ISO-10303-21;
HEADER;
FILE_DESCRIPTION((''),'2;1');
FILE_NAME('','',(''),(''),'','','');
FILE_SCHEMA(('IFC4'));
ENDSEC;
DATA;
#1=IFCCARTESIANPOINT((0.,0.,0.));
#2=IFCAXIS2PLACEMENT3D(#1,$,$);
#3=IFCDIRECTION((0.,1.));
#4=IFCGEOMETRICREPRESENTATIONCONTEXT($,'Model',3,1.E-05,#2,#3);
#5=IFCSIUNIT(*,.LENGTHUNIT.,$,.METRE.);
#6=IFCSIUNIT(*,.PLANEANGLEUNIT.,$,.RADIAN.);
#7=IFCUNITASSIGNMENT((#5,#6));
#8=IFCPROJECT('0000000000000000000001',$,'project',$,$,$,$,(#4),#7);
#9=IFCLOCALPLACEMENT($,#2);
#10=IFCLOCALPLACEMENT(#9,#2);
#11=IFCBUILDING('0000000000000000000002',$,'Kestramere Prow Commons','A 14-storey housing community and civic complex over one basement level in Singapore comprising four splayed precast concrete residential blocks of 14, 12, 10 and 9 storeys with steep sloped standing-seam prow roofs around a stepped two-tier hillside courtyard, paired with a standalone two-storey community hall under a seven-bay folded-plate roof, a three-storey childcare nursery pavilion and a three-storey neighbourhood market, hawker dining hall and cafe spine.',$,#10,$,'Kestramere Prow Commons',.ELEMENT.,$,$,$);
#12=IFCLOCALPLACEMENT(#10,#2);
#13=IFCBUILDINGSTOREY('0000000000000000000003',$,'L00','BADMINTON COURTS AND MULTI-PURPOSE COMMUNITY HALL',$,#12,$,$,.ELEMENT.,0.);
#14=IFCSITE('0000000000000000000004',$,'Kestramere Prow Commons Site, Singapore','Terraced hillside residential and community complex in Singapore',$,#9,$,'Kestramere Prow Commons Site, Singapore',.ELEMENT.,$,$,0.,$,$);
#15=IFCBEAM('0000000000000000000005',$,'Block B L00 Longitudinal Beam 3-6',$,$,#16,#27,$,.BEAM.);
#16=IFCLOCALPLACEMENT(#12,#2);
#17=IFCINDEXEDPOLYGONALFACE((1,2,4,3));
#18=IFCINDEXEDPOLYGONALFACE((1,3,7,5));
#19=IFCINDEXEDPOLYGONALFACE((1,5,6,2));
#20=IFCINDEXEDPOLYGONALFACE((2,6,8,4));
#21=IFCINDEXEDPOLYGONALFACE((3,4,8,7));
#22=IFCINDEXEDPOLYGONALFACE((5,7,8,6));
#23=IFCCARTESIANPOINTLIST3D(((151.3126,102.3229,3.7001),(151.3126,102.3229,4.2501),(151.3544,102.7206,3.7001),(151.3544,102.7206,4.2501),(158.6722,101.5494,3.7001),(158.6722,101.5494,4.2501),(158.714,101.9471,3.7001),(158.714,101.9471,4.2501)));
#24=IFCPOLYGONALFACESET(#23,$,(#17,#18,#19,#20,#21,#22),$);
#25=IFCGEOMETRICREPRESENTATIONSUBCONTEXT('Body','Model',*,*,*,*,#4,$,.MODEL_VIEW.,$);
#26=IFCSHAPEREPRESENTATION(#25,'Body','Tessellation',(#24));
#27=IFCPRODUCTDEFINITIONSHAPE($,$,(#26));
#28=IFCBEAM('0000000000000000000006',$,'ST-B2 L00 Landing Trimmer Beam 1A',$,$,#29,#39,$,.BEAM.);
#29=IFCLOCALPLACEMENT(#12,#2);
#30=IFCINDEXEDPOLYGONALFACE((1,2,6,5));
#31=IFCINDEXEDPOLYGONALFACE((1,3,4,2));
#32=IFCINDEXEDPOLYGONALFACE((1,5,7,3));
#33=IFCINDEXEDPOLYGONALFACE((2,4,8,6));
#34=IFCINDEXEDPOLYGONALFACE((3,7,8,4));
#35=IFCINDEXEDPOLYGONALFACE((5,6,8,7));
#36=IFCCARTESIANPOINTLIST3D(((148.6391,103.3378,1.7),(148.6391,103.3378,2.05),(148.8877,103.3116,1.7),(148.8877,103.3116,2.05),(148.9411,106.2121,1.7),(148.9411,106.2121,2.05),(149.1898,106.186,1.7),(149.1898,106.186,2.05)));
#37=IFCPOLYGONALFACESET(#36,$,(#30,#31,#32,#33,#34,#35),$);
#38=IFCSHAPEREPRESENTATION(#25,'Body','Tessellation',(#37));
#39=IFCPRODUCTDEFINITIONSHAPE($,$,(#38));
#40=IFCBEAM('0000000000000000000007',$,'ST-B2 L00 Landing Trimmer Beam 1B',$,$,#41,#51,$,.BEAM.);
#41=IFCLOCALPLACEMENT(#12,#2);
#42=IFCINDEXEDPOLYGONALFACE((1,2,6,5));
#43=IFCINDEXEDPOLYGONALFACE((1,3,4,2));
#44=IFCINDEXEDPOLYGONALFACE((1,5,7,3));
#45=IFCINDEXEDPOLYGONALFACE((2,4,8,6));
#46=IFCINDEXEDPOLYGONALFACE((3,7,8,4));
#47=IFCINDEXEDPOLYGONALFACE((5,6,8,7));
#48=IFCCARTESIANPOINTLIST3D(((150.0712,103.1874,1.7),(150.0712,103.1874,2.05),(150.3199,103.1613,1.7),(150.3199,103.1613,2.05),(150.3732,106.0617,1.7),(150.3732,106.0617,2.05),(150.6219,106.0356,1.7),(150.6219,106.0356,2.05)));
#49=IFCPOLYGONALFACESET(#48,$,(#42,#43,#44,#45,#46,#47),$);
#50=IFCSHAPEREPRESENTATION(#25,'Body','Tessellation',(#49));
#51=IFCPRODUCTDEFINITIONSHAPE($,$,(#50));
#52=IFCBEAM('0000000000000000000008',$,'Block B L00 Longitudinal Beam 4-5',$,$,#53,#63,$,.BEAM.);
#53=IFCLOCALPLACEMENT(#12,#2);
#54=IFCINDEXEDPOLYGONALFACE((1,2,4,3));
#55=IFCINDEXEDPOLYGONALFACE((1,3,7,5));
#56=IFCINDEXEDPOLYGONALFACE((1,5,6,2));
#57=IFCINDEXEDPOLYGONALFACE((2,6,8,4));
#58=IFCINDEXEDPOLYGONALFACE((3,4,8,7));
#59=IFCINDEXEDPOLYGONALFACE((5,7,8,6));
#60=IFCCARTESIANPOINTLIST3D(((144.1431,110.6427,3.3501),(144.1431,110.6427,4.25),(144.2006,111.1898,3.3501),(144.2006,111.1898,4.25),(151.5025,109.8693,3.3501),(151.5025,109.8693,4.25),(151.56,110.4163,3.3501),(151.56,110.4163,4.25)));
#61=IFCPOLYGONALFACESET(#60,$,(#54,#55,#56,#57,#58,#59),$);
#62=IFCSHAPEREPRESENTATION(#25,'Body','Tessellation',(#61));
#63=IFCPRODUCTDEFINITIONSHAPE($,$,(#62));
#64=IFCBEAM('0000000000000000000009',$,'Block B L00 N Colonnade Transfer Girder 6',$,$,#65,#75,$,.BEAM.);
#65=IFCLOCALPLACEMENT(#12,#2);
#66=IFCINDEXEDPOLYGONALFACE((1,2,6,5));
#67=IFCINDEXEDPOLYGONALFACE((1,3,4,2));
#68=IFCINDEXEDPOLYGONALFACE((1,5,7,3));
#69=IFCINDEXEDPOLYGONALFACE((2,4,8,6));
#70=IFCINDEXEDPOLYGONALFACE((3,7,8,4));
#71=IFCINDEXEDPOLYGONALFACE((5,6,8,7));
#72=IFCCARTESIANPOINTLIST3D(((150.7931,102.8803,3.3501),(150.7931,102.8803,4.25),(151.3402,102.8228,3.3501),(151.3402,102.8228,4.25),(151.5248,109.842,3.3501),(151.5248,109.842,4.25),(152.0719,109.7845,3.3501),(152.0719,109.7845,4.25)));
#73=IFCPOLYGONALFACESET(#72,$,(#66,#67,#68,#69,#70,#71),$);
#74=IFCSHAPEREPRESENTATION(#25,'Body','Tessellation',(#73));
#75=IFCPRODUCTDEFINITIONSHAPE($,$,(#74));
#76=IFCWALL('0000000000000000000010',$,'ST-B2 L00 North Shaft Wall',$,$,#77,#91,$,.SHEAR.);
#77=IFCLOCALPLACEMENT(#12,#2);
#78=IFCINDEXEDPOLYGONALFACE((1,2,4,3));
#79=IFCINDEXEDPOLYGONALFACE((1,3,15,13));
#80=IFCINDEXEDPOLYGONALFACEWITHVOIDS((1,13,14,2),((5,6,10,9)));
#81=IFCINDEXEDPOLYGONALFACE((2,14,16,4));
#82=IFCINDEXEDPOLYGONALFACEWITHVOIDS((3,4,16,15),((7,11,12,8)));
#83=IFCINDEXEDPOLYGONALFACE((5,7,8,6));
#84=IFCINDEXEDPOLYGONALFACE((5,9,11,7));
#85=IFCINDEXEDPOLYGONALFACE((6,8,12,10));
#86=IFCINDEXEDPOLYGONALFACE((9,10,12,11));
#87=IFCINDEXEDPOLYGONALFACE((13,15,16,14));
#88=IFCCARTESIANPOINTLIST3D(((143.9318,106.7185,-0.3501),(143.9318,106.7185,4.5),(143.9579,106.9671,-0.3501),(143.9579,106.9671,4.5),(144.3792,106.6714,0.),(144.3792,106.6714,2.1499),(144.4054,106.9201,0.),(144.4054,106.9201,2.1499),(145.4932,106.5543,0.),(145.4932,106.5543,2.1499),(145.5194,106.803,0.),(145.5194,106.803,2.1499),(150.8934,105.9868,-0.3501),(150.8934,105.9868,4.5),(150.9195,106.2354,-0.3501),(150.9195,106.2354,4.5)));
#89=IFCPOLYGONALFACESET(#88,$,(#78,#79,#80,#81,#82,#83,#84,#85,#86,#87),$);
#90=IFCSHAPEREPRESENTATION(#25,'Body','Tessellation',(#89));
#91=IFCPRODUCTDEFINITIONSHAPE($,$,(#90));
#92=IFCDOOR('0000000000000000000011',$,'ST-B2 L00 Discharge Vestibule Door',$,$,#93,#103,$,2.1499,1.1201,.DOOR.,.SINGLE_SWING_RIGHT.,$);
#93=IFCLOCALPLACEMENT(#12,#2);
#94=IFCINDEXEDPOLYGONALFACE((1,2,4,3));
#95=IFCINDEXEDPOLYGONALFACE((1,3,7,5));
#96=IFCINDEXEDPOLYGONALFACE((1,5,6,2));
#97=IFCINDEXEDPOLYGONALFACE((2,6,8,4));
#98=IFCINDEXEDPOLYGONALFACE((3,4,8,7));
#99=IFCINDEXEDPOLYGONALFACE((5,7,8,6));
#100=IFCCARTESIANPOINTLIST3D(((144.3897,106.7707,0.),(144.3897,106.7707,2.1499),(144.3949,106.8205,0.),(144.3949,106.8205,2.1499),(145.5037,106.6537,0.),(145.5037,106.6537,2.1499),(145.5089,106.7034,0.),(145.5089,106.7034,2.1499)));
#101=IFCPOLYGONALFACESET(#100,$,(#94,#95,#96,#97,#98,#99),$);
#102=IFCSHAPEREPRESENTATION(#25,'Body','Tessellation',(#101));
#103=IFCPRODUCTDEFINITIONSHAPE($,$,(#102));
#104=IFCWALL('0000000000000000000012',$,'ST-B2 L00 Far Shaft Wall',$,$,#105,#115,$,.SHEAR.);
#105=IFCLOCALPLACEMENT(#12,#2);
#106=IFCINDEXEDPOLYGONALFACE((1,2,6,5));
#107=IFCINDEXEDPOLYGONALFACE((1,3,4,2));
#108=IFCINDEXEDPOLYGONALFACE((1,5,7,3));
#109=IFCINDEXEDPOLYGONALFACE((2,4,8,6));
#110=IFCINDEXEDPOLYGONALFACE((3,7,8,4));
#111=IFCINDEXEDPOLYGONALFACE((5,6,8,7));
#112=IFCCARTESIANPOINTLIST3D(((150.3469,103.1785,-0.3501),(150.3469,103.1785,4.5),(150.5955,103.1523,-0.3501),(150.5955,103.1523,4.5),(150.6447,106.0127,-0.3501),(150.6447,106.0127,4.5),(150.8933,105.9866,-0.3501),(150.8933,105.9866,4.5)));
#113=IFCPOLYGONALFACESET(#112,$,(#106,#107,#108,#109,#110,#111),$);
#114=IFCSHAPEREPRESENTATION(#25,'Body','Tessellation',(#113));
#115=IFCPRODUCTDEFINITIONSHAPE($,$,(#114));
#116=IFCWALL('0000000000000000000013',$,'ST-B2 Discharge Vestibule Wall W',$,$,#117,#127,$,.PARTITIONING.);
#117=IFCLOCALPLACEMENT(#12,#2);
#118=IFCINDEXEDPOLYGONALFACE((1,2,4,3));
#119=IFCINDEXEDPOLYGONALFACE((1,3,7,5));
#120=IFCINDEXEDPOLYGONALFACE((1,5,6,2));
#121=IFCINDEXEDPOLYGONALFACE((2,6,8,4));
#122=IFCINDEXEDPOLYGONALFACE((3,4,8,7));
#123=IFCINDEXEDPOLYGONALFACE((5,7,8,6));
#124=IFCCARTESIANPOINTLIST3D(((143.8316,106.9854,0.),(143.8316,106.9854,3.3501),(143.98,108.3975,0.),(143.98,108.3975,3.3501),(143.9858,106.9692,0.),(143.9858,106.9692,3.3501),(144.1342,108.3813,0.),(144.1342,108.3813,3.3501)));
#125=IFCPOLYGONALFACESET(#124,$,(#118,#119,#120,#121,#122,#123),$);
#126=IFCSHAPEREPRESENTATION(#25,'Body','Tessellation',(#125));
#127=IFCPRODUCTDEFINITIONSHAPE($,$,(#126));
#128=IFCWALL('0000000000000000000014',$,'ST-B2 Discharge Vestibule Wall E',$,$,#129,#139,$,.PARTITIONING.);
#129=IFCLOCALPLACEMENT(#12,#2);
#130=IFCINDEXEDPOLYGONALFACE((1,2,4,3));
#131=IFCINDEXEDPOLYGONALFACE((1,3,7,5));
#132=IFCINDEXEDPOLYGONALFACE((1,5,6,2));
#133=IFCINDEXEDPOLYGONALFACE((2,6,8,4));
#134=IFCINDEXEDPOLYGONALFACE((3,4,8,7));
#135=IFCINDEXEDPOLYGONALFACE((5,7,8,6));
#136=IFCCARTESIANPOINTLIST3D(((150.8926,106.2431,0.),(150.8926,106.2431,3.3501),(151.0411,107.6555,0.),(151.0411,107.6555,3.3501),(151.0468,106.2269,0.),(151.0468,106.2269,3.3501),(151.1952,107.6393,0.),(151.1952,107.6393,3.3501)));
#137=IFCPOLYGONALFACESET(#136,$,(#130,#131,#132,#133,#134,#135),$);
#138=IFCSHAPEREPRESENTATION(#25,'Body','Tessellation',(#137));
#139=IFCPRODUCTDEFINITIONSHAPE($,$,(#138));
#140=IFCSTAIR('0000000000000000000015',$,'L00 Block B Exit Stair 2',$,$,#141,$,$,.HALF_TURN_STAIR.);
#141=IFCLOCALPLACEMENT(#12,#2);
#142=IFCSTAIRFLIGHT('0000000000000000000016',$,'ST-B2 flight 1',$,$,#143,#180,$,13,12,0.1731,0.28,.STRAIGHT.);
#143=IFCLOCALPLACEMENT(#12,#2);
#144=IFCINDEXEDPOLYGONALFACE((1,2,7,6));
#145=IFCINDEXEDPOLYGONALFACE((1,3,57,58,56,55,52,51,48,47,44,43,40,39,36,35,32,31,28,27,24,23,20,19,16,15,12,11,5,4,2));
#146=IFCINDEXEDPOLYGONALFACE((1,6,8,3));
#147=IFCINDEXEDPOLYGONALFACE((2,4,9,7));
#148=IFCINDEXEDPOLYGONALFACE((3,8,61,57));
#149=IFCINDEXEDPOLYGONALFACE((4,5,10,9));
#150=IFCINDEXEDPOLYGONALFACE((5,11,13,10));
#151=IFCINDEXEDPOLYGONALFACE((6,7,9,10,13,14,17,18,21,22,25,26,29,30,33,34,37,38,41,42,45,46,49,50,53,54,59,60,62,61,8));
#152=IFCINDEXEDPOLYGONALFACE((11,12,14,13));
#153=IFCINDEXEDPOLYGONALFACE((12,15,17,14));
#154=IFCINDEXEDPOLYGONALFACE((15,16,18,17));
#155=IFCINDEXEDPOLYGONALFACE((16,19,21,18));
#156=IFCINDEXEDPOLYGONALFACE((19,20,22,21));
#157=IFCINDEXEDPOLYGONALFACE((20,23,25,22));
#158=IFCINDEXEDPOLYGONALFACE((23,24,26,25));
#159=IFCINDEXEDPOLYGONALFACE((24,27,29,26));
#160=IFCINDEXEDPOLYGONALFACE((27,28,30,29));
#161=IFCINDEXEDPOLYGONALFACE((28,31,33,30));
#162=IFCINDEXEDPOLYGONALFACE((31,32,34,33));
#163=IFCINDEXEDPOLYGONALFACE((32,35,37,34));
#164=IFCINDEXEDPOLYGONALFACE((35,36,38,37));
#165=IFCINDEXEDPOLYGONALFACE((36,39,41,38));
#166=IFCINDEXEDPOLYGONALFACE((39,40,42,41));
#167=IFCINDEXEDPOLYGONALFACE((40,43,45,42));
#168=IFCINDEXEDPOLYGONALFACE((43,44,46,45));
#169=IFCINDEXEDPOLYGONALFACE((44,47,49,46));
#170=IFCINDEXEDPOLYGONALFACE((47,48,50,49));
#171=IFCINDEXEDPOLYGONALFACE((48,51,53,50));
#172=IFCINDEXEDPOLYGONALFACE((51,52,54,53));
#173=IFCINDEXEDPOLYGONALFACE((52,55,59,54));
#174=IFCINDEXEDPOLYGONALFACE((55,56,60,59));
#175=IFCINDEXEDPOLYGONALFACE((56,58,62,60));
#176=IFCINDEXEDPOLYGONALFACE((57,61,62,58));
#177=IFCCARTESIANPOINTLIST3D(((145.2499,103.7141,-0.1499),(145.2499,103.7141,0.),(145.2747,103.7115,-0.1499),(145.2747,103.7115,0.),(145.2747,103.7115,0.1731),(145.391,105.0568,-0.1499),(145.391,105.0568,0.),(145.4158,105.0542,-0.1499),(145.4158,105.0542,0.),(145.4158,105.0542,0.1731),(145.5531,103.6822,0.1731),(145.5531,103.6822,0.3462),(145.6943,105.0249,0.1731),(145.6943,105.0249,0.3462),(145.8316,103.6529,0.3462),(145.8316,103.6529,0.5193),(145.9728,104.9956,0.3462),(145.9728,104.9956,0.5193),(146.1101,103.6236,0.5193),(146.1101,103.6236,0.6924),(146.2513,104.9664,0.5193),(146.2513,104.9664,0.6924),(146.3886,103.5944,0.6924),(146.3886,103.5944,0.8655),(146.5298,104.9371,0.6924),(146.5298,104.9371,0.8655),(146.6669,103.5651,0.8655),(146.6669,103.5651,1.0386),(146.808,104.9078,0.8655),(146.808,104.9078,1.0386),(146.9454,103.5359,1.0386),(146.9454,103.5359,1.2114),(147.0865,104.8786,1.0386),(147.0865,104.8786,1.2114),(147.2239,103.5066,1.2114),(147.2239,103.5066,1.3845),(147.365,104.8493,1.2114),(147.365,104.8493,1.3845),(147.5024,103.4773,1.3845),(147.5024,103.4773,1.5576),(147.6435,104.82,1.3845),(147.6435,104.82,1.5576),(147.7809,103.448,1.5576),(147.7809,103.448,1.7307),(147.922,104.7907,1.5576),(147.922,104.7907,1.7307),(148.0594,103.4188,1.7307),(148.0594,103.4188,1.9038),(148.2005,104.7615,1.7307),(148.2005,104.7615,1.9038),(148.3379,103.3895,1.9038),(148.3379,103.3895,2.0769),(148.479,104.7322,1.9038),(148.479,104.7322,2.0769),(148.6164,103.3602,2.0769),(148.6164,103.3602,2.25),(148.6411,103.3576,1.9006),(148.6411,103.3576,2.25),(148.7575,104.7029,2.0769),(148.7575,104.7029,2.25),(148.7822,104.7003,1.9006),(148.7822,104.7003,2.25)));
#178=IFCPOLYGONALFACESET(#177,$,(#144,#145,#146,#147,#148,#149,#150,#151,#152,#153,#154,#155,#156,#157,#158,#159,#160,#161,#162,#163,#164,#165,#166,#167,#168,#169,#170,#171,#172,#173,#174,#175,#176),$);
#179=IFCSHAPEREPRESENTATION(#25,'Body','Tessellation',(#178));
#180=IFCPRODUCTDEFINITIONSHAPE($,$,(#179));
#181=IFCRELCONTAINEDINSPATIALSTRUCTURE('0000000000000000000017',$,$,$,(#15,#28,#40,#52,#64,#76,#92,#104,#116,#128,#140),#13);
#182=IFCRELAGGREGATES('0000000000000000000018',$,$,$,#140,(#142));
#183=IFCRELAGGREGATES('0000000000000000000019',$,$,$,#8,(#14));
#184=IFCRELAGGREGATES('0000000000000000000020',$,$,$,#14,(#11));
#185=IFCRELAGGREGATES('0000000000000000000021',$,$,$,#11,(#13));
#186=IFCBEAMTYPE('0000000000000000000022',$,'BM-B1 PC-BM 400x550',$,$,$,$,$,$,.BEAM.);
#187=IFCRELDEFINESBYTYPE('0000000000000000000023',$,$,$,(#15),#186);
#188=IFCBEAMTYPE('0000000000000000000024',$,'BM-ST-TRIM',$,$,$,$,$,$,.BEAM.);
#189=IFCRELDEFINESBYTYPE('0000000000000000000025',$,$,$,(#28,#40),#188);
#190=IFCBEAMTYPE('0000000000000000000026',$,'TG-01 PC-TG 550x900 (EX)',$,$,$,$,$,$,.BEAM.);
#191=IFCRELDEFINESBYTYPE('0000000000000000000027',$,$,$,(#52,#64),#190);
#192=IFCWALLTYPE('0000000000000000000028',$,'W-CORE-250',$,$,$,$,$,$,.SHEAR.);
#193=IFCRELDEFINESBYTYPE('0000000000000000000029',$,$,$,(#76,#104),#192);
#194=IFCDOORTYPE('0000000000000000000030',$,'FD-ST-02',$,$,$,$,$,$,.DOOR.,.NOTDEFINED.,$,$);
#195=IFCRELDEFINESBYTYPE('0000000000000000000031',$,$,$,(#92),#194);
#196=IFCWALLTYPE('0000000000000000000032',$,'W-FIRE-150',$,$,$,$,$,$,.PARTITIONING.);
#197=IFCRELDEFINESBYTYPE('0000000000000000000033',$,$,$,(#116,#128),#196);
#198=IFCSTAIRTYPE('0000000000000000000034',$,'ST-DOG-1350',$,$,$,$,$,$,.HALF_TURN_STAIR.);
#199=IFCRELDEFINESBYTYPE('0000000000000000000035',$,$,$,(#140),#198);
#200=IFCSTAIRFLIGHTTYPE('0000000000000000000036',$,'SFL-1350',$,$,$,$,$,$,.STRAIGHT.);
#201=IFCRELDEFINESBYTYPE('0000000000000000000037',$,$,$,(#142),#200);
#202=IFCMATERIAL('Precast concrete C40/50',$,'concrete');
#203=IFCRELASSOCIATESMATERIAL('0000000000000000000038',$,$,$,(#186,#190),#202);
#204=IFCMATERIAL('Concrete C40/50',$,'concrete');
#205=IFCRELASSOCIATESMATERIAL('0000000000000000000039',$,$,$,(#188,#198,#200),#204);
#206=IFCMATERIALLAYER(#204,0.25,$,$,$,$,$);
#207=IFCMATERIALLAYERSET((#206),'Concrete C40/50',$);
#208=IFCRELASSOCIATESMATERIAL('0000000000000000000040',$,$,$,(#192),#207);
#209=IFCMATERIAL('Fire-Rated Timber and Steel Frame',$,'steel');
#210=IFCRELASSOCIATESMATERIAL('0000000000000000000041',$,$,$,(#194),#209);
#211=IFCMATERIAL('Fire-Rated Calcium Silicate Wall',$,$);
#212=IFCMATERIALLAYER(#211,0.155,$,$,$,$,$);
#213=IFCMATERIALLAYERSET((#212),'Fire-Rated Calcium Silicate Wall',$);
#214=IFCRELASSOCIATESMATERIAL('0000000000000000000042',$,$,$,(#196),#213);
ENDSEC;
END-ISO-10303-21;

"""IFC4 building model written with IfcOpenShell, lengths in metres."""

from ifc_helpers import new_model, si_unit, direction, frame, frame_2d, origin, origin_2d, place, context, subcontext, project, spatial, polyline, rectangle, outline, extrude, material, layer, layer_set, material_profile, profile_set, type_object, element, fill, aggregate, save


model = new_model("IFC4")

# Units and contexts
model_context = context("Model", 3, precision=1e-05, world=origin(), true_north=direction((0.0, 1.0)))
body_context = subcontext(model_context, "Body", "Model", "MODEL_VIEW")
ifc_project = project(units=[si_unit("LENGTHUNIT", "METRE"), si_unit("PLANEANGLEUNIT", "RADIAN")], contexts=[model_context])

# Site, building, storey
site_placement = place(None, origin())
site = spatial("IfcSite", under=ifc_project, at=site_placement, Name="Kestramere Prow Commons Site, Singapore", Description="Terraced hillside residential and community complex in Singapore", LongName="Kestramere Prow Commons Site, Singapore", CompositionType="ELEMENT", RefElevation=0.0)
building_placement = place(site_placement, origin())
building = spatial("IfcBuilding", under=site, at=building_placement, Name="Kestramere Prow Commons", Description="A 14-storey housing community and civic complex over one basement level in Singapore comprising four splayed precast concrete residential blocks of 14, 12, 10 and 9 storeys with steep sloped standing-seam prow roofs around a stepped two-tier hillside courtyard, paired with a standalone two-storey community hall under a seven-bay folded-plate roof, a three-storey childcare nursery pavilion and a three-storey neighbourhood market, hawker dining hall and cafe spine.", LongName="Kestramere Prow Commons", CompositionType="ELEMENT")
storey_placement = place(building_placement, origin())
storey = spatial("IfcBuildingStorey", under=building, at=storey_placement, Name="L00", Description="BADMINTON COURTS AND MULTI-PURPOSE COMMUNITY HALL", CompositionType="ELEMENT", Elevation=0.0)

# Shared definitions
ifc_material_1 = material(Name="Precast concrete C40/50", Category="concrete")

# Beams
ifc_material_profile_1 = material_profile(ifc_material_1, rectangle(XDim=0.3999, YDim=0.55, at=origin_2d()), Name="PC-BM 400x550")
ifc_profile_set_1 = profile_set([ifc_material_profile_1], Name="Precast concrete C40/50")
beam_type_1 = type_object("IfcBeamType", Name="BM-B1 PC-BM 400x550", PredefinedType="BEAM", material=ifc_profile_set_1)
beam_1_placement = place(storey_placement, frame((151.3335, 102.5217, 3.9751), z_axis=(0.994523, -0.104516, 0.0), x_axis=(0.104516, 0.994523, 0.0)))
element("IfcBeam", 1, at=beam_1_placement, inside=storey, type_object=beam_type_1, Name="Block B L00 Longitudinal Beam 3-6", PredefinedType="BEAM", context=body_context, shape_type="SweptSolid", body=[
    extrude(rectangle(XDim=0.3999, YDim=0.55, at=origin_2d()), origin(), (0.0, 0.0, 1.0), 7.4001),
])
ifc_material_2 = material(Name="Concrete C40/50", Category="concrete")
ifc_material_profile_2 = material_profile(ifc_material_2, rectangle(XDim=0.25, YDim=0.3501, at=origin_2d()), Name="PC-BM 250x350")
ifc_profile_set_2 = profile_set([ifc_material_profile_2], Name="Concrete C40/50")
beam_type_2 = type_object("IfcBeamType", Name="BM-ST-TRIM", PredefinedType="BEAM", material=ifc_profile_set_2)
for number, where, z_axis, x_axis, name in (
    (2, (148.7634, 103.3247, 1.875), (0.104496, 0.994525, 0.0), (-0.994525, 0.104496, 0.0), "ST-B2 L00 Landing Trimmer Beam 1A"),
    (3, (150.1956, 103.1743, 1.875), (0.104496, 0.994525, 0.0), (-0.994525, 0.104496, 0.0), "ST-B2 L00 Landing Trimmer Beam 1B"),
):
    element("IfcBeam", number, at=place(storey_placement, frame(where, z_axis=z_axis, x_axis=x_axis)), inside=storey, type_object=beam_type_2, Name=name, PredefinedType="BEAM", context=body_context, shape_type="SweptSolid", body=[
        extrude(rectangle(XDim=0.25, YDim=0.3501, at=origin_2d()), origin(), (0.0, 0.0, 1.0), 2.8901),
    ])
ifc_material_profile_3 = material_profile(ifc_material_1, rectangle(XDim=0.55, YDim=0.8999, at=origin_2d()), Name="PC-TG 550x900")
ifc_profile_set_3 = profile_set([ifc_material_profile_3], Name="Precast concrete C40/50")
beam_type_3 = type_object("IfcBeamType", Name="TG-01 PC-TG 550x900 (EX)", PredefinedType="BEAM", material=ifc_profile_set_3)
beam_2_placement = place(storey_placement, frame((144.1719, 110.9163, 3.8), z_axis=(0.994523, -0.10452, 0.0), x_axis=(0.10452, 0.994523, 0.0)))
element("IfcBeam", 4, at=beam_2_placement, inside=storey, type_object=beam_type_3, Name="Block B L00 Longitudinal Beam 4-5", PredefinedType="BEAM", context=body_context, shape_type="SweptSolid", body=[
    extrude(rectangle(XDim=0.55, YDim=0.8999, at=origin_2d()), origin(), (0.0, 0.0, 1.0), 7.3999),
])
beam_3_placement = place(storey_placement, frame((151.0667, 102.8516, 3.8), z_axis=(0.104527, 0.994522, 0.0), x_axis=(-0.994522, 0.104527, 0.0)))
element("IfcBeam", 5, at=beam_3_placement, inside=storey, type_object=beam_type_3, Name="Block B L00 N Colonnade Transfer Girder 6", PredefinedType="BEAM", context=body_context, shape_type="SweptSolid", body=[
    extrude(rectangle(XDim=0.55, YDim=0.8999, at=origin_2d()), origin(), (0.0, 0.0, 1.0), 7.0),
])

# Wall, opening, door
ifc_layer_1 = layer(ifc_material_2, 0.25)
ifc_layer_set_1 = layer_set([ifc_layer_1], Name="Concrete C40/50")
wall_type_1 = type_object("IfcWallType", Name="W-CORE-250", PredefinedType="SHEAR", material=ifc_layer_set_1)
wall_1_placement = place(storey_placement, frame((143.9448, 106.8428, -0.3501), z_axis=(0.0, 0.0, 1.0), x_axis=(0.994522, -0.104527, 0.0)))
wall_1 = element("IfcWall", 6, at=wall_1_placement, inside=storey, type_object=wall_type_1, Name="ST-B2 L00 North Shaft Wall", PredefinedType="SHEAR", context=body_context, shape_type="SweptSolid", body=[
    extrude(rectangle(XDim=7.0, YDim=0.25, at=frame_2d((3.5, 0.0))), origin(), (0.0, 0.0, 1.0), 4.8501),
])
opening_1_placement = place(wall_1_placement, frame((0.45, 0.0, 0.3501)))
opening_1 = element("IfcOpeningElement", 7, at=opening_1_placement, cuts=wall_1, PredefinedType="OPENING", context=body_context, shape_type="SweptSolid", body=[
    extrude(rectangle(XDim=1.1201, YDim=2.1499, at=frame_2d((0.5601, 1.075))), frame((0.0, 0.1399, 0.0), z_axis=(0.0, -1.0, 0.0), x_axis=(1.0, 0.0, 0.0)), (0.0, 0.0, 1.0), 0.28),
])
ifc_material_3 = material(Name="Fire-Rated Timber and Steel Frame", Category="steel")
door_type_1 = type_object("IfcDoorType", Name="FD-ST-02", OperationType="NOTDEFINED", PredefinedType="DOOR", material=ifc_material_3)
door_1_placement = place(opening_1_placement, origin())
door_1 = element("IfcDoor", 8, at=door_1_placement, inside=storey, type_object=door_type_1, Name="ST-B2 L00 Discharge Vestibule Door", OperationType="SINGLE_SWING_RIGHT", OverallHeight=2.1499, OverallWidth=1.1201, PredefinedType="DOOR", context=body_context, shape_type="SweptSolid", body=[
    extrude(rectangle(XDim=1.1201, YDim=2.1499, at=frame_2d((0.5601, 1.075))), frame((0.0, 0.0249, 0.0), z_axis=(0.0, -1.0, 0.0), x_axis=(1.0, 0.0, 0.0)), (0.0, 0.0, 1.0), 0.05),
])
fill(opening_1, door_1)

# Wall
wall_2_placement = place(storey_placement, frame((150.4712, 103.1655, -0.3501), z_axis=(0.0, 0.0, 1.0), x_axis=(0.104515, 0.994523, 0.0)))
element("IfcWall", 9, at=wall_2_placement, inside=storey, type_object=wall_type_1, Name="ST-B2 L00 Far Shaft Wall", PredefinedType="SHEAR", context=body_context, shape_type="SweptSolid", body=[
    extrude(rectangle(XDim=2.8499, YDim=0.25, at=frame_2d((1.4248, 0.0))), origin(), (0.0, 0.0, 1.0), 4.8501),
])

# Shared definitions
ifc_material_4 = material(Name="Fire-Rated Calcium Silicate Wall")
ifc_layer_2 = layer(ifc_material_4, 0.155)
ifc_layer_set_2 = layer_set([ifc_layer_2], Name="Fire-Rated Calcium Silicate Wall")
wall_type_2 = type_object("IfcWallType", Name="W-FIRE-150", PredefinedType="PARTITIONING", material=ifc_layer_set_2)

# Walls
wall_3_placement = place(storey_placement, frame((143.9087, 106.9773, 0.0), z_axis=(0.0, 0.0, 1.0), x_axis=(0.104542, 0.994521, 0.0)))
element("IfcWall", 10, at=wall_3_placement, inside=storey, type_object=wall_type_2, Name="ST-B2 Discharge Vestibule Wall W", PredefinedType="PARTITIONING", context=body_context, shape_type="SweptSolid", body=[
    extrude(rectangle(XDim=1.4199, YDim=0.155, at=frame_2d((0.71, 0.0))), origin(), (0.0, 0.0, 1.0), 3.3501),
])
wall_4_placement = place(storey_placement, frame((150.9697, 106.2351, 0.0), z_axis=(0.0, 0.0, 1.0), x_axis=(0.104524, 0.994522, 0.0)))
element("IfcWall", 11, at=wall_4_placement, inside=storey, type_object=wall_type_2, Name="ST-B2 Discharge Vestibule Wall E", PredefinedType="PARTITIONING", context=body_context, shape_type="SweptSolid", body=[
    extrude(rectangle(XDim=1.4202, YDim=0.155, at=frame_2d((0.71, 0.0))), origin(), (0.0, 0.0, 1.0), 3.3501),
])

# Stair, stair flight
stair_type = type_object("IfcStairType", Name="ST-DOG-1350", PredefinedType="HALF_TURN_STAIR", material=ifc_material_2)
stair_placement = place(storey_placement, origin())
stair = element("IfcStair", 12, at=stair_placement, inside=storey, type_object=stair_type, Name="L00 Block B Exit Stair 2", PredefinedType="HALF_TURN_STAIR")
stair_flight_type = type_object("IfcStairFlightType", Name="SFL-1350", PredefinedType="STRAIGHT", material=ifc_material_2)
stair_flight_1_placement = place(storey_placement, frame((145.3452, 104.3828, 0.0), z_axis=(0.0, 0.0, 1.0), x_axis=(0.994522, -0.104528, 0.0)))
stair_flight_1 = element("IfcStairFlight", 13, at=stair_flight_1_placement, type_object=stair_flight_type, Name="ST-B2 flight 1", NumberOfRisers=13, NumberOfTreads=12, PredefinedType="STRAIGHT", RiserHeight=0.1731, TreadLength=0.28, context=body_context, shape_type="SweptSolid", body=[
    extrude(outline(polyline([(-0.0249, 0.0), (0.0, 0.0), (0.0, 0.1731), (0.28, 0.1731), (0.28, 0.3462), (0.5601, 0.3462), (0.5601, 0.5193), (0.8401, 0.5193), (0.8401, 0.6924), (1.1201, 0.6924), (1.1201, 0.8655), (1.3999, 0.8655), (1.3999, 1.0386), (1.6799, 1.0386), (1.6799, 1.2114), (1.96, 1.2114), (1.96, 1.3845), (2.24, 1.3845), (2.24, 1.5576), (2.52, 1.5576), (2.52, 1.7307), (2.8, 1.7307), (2.8, 1.9038), (3.0801, 1.9038), (3.0801, 2.0769), (3.3601, 2.0769), (3.3601, 2.25), (3.385, 2.25), (3.385, 1.9006), (0.0, -0.1499), (-0.0249, -0.1499), (-0.0249, 0.0)])), frame((0.0, 0.675, 0.0), z_axis=(0.0, -1.0, 0.0), x_axis=(1.0, 0.0, 0.0)), (0.0, 0.0, 1.0), 1.3501),
])
aggregate(stair, [stair_flight_1])

save(model, "model.ifc")
